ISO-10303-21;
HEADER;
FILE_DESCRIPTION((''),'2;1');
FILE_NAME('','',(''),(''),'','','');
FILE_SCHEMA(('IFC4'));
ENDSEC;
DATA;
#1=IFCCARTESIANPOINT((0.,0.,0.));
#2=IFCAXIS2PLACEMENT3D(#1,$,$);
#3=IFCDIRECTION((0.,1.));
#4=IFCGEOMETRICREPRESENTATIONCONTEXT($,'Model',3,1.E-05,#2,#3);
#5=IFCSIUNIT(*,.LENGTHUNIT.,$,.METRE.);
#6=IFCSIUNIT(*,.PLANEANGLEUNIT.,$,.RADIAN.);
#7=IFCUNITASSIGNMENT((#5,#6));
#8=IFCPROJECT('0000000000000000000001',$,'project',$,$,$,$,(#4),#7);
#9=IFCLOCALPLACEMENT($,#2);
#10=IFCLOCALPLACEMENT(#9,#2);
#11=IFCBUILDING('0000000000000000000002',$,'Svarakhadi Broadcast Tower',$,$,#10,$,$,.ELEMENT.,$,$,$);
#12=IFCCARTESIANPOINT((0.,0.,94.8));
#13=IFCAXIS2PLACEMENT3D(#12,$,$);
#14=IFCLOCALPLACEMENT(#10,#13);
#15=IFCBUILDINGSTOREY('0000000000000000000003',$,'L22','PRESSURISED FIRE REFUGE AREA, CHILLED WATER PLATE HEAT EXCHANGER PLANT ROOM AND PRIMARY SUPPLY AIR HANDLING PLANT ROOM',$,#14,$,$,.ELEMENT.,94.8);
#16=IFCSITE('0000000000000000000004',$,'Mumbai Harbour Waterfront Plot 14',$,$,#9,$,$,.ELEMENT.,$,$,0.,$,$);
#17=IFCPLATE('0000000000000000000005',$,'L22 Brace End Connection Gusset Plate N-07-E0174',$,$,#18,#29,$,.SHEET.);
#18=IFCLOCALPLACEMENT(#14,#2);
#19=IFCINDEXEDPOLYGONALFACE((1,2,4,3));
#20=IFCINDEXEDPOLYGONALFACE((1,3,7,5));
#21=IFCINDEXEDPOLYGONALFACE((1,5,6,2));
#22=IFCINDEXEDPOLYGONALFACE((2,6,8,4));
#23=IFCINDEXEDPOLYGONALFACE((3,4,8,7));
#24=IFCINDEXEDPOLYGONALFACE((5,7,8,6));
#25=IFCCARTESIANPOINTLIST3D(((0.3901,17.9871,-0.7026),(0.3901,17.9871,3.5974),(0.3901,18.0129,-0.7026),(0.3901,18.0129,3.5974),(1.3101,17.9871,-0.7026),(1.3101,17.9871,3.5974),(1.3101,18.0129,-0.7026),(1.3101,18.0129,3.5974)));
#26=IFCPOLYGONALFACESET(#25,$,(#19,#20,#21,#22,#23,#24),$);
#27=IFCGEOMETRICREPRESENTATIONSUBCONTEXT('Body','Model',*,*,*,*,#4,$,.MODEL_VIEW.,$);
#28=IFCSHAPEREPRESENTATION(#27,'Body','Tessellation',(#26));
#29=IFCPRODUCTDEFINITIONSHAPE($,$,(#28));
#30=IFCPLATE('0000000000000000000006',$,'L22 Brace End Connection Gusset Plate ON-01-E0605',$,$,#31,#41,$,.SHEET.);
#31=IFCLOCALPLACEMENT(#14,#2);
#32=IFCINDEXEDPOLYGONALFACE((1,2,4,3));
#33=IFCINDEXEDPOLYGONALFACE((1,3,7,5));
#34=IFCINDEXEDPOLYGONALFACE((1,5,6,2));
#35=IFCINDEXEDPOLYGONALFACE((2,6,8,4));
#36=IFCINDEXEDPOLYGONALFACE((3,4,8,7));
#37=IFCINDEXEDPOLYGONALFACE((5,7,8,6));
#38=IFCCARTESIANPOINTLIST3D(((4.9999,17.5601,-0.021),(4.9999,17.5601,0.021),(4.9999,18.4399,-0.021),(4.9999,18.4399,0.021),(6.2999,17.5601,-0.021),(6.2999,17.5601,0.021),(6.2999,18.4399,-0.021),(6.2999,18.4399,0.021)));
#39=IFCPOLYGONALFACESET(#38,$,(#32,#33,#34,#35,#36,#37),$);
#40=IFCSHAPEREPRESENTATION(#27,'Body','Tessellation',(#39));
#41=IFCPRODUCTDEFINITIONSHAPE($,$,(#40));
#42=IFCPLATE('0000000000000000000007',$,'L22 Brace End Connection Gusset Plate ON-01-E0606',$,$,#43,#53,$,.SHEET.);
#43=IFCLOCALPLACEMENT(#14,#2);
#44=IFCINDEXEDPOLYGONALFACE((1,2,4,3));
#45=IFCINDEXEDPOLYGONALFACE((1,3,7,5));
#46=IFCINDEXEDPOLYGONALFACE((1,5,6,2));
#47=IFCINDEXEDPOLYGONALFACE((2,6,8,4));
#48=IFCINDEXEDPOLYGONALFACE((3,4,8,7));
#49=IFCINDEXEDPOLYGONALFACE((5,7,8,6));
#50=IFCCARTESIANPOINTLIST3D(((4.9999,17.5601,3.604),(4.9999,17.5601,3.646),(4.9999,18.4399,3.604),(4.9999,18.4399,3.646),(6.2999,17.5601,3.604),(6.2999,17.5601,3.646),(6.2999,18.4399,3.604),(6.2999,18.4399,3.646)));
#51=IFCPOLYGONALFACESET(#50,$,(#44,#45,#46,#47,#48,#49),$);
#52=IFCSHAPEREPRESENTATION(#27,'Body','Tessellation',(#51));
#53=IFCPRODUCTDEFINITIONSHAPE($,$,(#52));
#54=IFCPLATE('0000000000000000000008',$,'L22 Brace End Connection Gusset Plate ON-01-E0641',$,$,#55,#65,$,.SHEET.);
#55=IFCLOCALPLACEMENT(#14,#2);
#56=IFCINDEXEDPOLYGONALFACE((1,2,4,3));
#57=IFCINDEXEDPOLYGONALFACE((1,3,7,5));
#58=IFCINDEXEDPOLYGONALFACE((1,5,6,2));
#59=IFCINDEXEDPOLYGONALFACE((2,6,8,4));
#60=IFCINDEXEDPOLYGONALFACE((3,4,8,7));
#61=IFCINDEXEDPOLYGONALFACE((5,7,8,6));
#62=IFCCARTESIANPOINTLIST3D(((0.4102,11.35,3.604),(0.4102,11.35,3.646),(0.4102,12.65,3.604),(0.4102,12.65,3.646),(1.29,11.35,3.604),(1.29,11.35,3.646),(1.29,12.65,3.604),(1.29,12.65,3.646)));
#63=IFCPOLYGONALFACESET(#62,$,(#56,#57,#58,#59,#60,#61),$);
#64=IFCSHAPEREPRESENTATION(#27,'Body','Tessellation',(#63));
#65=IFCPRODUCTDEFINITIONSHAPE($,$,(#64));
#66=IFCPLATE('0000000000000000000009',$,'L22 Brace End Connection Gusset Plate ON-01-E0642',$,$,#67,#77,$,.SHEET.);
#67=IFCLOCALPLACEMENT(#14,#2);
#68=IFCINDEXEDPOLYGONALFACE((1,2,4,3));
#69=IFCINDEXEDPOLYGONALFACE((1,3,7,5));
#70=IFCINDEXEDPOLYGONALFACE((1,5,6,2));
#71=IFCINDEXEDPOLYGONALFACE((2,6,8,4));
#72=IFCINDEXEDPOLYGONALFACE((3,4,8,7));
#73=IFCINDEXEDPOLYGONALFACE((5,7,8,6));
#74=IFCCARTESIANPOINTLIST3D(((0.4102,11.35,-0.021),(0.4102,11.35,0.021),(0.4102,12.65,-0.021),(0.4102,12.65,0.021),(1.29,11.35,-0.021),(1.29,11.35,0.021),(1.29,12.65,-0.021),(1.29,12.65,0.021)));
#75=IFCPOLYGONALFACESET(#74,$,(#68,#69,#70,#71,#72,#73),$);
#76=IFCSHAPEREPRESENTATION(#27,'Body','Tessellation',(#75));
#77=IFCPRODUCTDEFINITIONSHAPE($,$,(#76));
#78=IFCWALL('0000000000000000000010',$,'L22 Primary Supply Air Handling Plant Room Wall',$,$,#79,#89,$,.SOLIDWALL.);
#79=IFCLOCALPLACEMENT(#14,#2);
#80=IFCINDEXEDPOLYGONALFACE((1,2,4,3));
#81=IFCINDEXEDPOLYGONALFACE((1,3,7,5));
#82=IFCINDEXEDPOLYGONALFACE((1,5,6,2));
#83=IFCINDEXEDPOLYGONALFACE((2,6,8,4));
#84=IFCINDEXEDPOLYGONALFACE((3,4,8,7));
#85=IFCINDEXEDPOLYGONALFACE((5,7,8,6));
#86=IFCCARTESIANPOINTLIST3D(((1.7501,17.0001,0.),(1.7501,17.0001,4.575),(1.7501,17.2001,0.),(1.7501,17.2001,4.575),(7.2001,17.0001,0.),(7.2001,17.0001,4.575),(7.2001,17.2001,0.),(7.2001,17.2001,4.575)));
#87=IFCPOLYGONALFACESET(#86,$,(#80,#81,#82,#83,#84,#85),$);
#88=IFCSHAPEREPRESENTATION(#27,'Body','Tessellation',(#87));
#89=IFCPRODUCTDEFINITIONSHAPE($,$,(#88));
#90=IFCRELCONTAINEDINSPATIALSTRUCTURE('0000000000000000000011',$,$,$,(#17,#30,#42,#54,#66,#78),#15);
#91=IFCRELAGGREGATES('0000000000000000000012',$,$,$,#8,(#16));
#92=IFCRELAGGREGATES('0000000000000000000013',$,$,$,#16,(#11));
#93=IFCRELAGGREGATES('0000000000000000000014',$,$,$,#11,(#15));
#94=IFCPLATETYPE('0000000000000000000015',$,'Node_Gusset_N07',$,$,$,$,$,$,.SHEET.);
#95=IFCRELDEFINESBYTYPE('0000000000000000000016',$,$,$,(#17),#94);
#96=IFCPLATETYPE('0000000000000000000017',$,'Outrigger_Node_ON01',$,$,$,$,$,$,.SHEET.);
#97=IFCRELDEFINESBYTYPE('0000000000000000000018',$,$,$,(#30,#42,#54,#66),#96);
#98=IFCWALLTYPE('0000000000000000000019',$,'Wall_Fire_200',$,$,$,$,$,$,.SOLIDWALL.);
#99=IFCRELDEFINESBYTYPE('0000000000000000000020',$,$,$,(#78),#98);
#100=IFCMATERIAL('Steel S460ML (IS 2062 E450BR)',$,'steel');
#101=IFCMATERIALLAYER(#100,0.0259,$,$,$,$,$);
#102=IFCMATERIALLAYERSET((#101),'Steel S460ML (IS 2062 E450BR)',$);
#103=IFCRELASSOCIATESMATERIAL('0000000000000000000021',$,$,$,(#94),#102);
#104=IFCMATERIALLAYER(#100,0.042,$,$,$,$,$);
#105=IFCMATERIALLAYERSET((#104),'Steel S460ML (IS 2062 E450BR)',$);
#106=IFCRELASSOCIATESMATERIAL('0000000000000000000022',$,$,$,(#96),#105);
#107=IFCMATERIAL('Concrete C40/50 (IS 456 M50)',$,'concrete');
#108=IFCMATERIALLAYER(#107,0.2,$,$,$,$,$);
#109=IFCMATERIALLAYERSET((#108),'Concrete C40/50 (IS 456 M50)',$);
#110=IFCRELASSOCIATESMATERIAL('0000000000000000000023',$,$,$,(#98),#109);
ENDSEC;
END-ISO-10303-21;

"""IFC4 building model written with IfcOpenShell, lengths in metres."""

from ifc_helpers import new_model, si_unit, direction, frame, frame_2d, origin, origin_2d, place, context, subcontext, project, spatial, rectangle, extrude, material, layer, layer_set, type_object, element, save


model = new_model("IFC4")

# Units and contexts
model_context = context("Model", 3, precision=1e-05, world=origin(), true_north=direction((0.0, 1.0)))
body_context = subcontext(model_context, "Body", "Model", "MODEL_VIEW")
ifc_project = project(units=[si_unit("LENGTHUNIT", "METRE"), si_unit("PLANEANGLEUNIT", "RADIAN")], contexts=[model_context])

# Site, building, storey
site_placement = place(None, origin())
site = spatial("IfcSite", under=ifc_project, at=site_placement, Name="Mumbai Harbour Waterfront Plot 14", CompositionType="ELEMENT", RefElevation=0.0)
building_placement = place(site_placement, origin())
building = spatial("IfcBuilding", under=site, at=building_placement, Name="Svarakhadi Broadcast Tower", CompositionType="ELEMENT")
storey_placement = place(building_placement, frame((0.0, 0.0, 94.8)))
storey = spatial("IfcBuildingStorey", under=building, at=storey_placement, Name="L22", Description="PRESSURISED FIRE REFUGE AREA, CHILLED WATER PLATE HEAT EXCHANGER PLANT ROOM AND PRIMARY SUPPLY AIR HANDLING PLANT ROOM", CompositionType="ELEMENT", Elevation=94.8)

# Shared definitions
ifc_material_1 = material(Name="Steel S460ML (IS 2062 E450BR)", Category="steel")

# Plates
ifc_layer_1 = layer(ifc_material_1, 0.0259)
ifc_layer_set_1 = layer_set([ifc_layer_1], Name="Steel S460ML (IS 2062 E450BR)")
plate_type_1 = type_object("IfcPlateType", Name="Node_Gusset_N07", PredefinedType="SHEET", material=ifc_layer_set_1)
plate_1_placement = place(storey_placement, frame((0.8501, 18.0, -0.7026), z_axis=(0.0, 0.0, 1.0), x_axis=(1.0, 0.0, 0.0)))
element("IfcPlate", 1, at=plate_1_placement, inside=storey, type_object=plate_type_1, Name="L22 Brace End Connection Gusset Plate N-07-E0174", PredefinedType="SHEET", context=body_context, shape_type="SweptSolid", body=[
    extrude(rectangle(XDim=0.9199, YDim=0.0259, at=origin_2d()), origin(), (0.0, 0.0, 1.0), 4.3),
])
ifc_layer_2 = layer(ifc_material_1, 0.042)
ifc_layer_set_2 = layer_set([ifc_layer_2], Name="Steel S460ML (IS 2062 E450BR)")
plate_type_2 = type_object("IfcPlateType", Name="Outrigger_Node_ON01", PredefinedType="SHEET", material=ifc_layer_set_2)
for number, where, z_axis, x_axis, name in (
    (2, (5.6499, 18.0, -0.021), (0.0, 0.0, 1.0), (1.0, 0.0, 0.0), "L22 Brace End Connection Gusset Plate ON-01-E0605"),
    (3, (5.6499, 18.0, 3.604), (0.0, 0.0, 1.0), (1.0, 0.0, 0.0), "L22 Brace End Connection Gusset Plate ON-01-E0606"),
    (4, (0.8501, 12.0, 3.604), (0.0, 0.0, 1.0), (0.0, 1.0, 0.0), "L22 Brace End Connection Gusset Plate ON-01-E0641"),
    (5, (0.8501, 12.0, -0.021), (0.0, 0.0, 1.0), (0.0, 1.0, 0.0), "L22 Brace End Connection Gusset Plate ON-01-E0642"),
):
    element("IfcPlate", number, at=place(storey_placement, frame(where, z_axis=z_axis, x_axis=x_axis)), inside=storey, type_object=plate_type_2, Name=name, PredefinedType="SHEET", context=body_context, shape_type="SweptSolid", body=[
        extrude(rectangle(XDim=1.3, YDim=0.8799, at=origin_2d()), origin(), (0.0, 0.0, 1.0), 0.042),
    ])

# Wall
ifc_material_2 = material(Name="Concrete C40/50 (IS 456 M50)", Category="concrete")
ifc_layer_3 = layer(ifc_material_2, 0.2)
ifc_layer_set_3 = layer_set([ifc_layer_3], Name="Concrete C40/50 (IS 456 M50)")
wall_type = type_object("IfcWallType", Name="Wall_Fire_200", PredefinedType="SOLIDWALL", material=ifc_layer_set_3)
wall_placement = place(storey_placement, frame((1.75, 17.1001, 0.0), z_axis=(0.0, 0.0, 1.0), x_axis=(1.0, 0.0, 0.0)))
element("IfcWall", 6, at=wall_placement, inside=storey, type_object=wall_type, Name="L22 Primary Supply Air Handling Plant Room Wall", PredefinedType="SOLIDWALL", context=body_context, shape_type="SweptSolid", body=[
    extrude(rectangle(XDim=5.45, YDim=0.2, at=frame_2d((2.7251, 0.0))), origin(), (0.0, 0.0, 1.0), 4.575),
])

save(model, "model.ifc")
